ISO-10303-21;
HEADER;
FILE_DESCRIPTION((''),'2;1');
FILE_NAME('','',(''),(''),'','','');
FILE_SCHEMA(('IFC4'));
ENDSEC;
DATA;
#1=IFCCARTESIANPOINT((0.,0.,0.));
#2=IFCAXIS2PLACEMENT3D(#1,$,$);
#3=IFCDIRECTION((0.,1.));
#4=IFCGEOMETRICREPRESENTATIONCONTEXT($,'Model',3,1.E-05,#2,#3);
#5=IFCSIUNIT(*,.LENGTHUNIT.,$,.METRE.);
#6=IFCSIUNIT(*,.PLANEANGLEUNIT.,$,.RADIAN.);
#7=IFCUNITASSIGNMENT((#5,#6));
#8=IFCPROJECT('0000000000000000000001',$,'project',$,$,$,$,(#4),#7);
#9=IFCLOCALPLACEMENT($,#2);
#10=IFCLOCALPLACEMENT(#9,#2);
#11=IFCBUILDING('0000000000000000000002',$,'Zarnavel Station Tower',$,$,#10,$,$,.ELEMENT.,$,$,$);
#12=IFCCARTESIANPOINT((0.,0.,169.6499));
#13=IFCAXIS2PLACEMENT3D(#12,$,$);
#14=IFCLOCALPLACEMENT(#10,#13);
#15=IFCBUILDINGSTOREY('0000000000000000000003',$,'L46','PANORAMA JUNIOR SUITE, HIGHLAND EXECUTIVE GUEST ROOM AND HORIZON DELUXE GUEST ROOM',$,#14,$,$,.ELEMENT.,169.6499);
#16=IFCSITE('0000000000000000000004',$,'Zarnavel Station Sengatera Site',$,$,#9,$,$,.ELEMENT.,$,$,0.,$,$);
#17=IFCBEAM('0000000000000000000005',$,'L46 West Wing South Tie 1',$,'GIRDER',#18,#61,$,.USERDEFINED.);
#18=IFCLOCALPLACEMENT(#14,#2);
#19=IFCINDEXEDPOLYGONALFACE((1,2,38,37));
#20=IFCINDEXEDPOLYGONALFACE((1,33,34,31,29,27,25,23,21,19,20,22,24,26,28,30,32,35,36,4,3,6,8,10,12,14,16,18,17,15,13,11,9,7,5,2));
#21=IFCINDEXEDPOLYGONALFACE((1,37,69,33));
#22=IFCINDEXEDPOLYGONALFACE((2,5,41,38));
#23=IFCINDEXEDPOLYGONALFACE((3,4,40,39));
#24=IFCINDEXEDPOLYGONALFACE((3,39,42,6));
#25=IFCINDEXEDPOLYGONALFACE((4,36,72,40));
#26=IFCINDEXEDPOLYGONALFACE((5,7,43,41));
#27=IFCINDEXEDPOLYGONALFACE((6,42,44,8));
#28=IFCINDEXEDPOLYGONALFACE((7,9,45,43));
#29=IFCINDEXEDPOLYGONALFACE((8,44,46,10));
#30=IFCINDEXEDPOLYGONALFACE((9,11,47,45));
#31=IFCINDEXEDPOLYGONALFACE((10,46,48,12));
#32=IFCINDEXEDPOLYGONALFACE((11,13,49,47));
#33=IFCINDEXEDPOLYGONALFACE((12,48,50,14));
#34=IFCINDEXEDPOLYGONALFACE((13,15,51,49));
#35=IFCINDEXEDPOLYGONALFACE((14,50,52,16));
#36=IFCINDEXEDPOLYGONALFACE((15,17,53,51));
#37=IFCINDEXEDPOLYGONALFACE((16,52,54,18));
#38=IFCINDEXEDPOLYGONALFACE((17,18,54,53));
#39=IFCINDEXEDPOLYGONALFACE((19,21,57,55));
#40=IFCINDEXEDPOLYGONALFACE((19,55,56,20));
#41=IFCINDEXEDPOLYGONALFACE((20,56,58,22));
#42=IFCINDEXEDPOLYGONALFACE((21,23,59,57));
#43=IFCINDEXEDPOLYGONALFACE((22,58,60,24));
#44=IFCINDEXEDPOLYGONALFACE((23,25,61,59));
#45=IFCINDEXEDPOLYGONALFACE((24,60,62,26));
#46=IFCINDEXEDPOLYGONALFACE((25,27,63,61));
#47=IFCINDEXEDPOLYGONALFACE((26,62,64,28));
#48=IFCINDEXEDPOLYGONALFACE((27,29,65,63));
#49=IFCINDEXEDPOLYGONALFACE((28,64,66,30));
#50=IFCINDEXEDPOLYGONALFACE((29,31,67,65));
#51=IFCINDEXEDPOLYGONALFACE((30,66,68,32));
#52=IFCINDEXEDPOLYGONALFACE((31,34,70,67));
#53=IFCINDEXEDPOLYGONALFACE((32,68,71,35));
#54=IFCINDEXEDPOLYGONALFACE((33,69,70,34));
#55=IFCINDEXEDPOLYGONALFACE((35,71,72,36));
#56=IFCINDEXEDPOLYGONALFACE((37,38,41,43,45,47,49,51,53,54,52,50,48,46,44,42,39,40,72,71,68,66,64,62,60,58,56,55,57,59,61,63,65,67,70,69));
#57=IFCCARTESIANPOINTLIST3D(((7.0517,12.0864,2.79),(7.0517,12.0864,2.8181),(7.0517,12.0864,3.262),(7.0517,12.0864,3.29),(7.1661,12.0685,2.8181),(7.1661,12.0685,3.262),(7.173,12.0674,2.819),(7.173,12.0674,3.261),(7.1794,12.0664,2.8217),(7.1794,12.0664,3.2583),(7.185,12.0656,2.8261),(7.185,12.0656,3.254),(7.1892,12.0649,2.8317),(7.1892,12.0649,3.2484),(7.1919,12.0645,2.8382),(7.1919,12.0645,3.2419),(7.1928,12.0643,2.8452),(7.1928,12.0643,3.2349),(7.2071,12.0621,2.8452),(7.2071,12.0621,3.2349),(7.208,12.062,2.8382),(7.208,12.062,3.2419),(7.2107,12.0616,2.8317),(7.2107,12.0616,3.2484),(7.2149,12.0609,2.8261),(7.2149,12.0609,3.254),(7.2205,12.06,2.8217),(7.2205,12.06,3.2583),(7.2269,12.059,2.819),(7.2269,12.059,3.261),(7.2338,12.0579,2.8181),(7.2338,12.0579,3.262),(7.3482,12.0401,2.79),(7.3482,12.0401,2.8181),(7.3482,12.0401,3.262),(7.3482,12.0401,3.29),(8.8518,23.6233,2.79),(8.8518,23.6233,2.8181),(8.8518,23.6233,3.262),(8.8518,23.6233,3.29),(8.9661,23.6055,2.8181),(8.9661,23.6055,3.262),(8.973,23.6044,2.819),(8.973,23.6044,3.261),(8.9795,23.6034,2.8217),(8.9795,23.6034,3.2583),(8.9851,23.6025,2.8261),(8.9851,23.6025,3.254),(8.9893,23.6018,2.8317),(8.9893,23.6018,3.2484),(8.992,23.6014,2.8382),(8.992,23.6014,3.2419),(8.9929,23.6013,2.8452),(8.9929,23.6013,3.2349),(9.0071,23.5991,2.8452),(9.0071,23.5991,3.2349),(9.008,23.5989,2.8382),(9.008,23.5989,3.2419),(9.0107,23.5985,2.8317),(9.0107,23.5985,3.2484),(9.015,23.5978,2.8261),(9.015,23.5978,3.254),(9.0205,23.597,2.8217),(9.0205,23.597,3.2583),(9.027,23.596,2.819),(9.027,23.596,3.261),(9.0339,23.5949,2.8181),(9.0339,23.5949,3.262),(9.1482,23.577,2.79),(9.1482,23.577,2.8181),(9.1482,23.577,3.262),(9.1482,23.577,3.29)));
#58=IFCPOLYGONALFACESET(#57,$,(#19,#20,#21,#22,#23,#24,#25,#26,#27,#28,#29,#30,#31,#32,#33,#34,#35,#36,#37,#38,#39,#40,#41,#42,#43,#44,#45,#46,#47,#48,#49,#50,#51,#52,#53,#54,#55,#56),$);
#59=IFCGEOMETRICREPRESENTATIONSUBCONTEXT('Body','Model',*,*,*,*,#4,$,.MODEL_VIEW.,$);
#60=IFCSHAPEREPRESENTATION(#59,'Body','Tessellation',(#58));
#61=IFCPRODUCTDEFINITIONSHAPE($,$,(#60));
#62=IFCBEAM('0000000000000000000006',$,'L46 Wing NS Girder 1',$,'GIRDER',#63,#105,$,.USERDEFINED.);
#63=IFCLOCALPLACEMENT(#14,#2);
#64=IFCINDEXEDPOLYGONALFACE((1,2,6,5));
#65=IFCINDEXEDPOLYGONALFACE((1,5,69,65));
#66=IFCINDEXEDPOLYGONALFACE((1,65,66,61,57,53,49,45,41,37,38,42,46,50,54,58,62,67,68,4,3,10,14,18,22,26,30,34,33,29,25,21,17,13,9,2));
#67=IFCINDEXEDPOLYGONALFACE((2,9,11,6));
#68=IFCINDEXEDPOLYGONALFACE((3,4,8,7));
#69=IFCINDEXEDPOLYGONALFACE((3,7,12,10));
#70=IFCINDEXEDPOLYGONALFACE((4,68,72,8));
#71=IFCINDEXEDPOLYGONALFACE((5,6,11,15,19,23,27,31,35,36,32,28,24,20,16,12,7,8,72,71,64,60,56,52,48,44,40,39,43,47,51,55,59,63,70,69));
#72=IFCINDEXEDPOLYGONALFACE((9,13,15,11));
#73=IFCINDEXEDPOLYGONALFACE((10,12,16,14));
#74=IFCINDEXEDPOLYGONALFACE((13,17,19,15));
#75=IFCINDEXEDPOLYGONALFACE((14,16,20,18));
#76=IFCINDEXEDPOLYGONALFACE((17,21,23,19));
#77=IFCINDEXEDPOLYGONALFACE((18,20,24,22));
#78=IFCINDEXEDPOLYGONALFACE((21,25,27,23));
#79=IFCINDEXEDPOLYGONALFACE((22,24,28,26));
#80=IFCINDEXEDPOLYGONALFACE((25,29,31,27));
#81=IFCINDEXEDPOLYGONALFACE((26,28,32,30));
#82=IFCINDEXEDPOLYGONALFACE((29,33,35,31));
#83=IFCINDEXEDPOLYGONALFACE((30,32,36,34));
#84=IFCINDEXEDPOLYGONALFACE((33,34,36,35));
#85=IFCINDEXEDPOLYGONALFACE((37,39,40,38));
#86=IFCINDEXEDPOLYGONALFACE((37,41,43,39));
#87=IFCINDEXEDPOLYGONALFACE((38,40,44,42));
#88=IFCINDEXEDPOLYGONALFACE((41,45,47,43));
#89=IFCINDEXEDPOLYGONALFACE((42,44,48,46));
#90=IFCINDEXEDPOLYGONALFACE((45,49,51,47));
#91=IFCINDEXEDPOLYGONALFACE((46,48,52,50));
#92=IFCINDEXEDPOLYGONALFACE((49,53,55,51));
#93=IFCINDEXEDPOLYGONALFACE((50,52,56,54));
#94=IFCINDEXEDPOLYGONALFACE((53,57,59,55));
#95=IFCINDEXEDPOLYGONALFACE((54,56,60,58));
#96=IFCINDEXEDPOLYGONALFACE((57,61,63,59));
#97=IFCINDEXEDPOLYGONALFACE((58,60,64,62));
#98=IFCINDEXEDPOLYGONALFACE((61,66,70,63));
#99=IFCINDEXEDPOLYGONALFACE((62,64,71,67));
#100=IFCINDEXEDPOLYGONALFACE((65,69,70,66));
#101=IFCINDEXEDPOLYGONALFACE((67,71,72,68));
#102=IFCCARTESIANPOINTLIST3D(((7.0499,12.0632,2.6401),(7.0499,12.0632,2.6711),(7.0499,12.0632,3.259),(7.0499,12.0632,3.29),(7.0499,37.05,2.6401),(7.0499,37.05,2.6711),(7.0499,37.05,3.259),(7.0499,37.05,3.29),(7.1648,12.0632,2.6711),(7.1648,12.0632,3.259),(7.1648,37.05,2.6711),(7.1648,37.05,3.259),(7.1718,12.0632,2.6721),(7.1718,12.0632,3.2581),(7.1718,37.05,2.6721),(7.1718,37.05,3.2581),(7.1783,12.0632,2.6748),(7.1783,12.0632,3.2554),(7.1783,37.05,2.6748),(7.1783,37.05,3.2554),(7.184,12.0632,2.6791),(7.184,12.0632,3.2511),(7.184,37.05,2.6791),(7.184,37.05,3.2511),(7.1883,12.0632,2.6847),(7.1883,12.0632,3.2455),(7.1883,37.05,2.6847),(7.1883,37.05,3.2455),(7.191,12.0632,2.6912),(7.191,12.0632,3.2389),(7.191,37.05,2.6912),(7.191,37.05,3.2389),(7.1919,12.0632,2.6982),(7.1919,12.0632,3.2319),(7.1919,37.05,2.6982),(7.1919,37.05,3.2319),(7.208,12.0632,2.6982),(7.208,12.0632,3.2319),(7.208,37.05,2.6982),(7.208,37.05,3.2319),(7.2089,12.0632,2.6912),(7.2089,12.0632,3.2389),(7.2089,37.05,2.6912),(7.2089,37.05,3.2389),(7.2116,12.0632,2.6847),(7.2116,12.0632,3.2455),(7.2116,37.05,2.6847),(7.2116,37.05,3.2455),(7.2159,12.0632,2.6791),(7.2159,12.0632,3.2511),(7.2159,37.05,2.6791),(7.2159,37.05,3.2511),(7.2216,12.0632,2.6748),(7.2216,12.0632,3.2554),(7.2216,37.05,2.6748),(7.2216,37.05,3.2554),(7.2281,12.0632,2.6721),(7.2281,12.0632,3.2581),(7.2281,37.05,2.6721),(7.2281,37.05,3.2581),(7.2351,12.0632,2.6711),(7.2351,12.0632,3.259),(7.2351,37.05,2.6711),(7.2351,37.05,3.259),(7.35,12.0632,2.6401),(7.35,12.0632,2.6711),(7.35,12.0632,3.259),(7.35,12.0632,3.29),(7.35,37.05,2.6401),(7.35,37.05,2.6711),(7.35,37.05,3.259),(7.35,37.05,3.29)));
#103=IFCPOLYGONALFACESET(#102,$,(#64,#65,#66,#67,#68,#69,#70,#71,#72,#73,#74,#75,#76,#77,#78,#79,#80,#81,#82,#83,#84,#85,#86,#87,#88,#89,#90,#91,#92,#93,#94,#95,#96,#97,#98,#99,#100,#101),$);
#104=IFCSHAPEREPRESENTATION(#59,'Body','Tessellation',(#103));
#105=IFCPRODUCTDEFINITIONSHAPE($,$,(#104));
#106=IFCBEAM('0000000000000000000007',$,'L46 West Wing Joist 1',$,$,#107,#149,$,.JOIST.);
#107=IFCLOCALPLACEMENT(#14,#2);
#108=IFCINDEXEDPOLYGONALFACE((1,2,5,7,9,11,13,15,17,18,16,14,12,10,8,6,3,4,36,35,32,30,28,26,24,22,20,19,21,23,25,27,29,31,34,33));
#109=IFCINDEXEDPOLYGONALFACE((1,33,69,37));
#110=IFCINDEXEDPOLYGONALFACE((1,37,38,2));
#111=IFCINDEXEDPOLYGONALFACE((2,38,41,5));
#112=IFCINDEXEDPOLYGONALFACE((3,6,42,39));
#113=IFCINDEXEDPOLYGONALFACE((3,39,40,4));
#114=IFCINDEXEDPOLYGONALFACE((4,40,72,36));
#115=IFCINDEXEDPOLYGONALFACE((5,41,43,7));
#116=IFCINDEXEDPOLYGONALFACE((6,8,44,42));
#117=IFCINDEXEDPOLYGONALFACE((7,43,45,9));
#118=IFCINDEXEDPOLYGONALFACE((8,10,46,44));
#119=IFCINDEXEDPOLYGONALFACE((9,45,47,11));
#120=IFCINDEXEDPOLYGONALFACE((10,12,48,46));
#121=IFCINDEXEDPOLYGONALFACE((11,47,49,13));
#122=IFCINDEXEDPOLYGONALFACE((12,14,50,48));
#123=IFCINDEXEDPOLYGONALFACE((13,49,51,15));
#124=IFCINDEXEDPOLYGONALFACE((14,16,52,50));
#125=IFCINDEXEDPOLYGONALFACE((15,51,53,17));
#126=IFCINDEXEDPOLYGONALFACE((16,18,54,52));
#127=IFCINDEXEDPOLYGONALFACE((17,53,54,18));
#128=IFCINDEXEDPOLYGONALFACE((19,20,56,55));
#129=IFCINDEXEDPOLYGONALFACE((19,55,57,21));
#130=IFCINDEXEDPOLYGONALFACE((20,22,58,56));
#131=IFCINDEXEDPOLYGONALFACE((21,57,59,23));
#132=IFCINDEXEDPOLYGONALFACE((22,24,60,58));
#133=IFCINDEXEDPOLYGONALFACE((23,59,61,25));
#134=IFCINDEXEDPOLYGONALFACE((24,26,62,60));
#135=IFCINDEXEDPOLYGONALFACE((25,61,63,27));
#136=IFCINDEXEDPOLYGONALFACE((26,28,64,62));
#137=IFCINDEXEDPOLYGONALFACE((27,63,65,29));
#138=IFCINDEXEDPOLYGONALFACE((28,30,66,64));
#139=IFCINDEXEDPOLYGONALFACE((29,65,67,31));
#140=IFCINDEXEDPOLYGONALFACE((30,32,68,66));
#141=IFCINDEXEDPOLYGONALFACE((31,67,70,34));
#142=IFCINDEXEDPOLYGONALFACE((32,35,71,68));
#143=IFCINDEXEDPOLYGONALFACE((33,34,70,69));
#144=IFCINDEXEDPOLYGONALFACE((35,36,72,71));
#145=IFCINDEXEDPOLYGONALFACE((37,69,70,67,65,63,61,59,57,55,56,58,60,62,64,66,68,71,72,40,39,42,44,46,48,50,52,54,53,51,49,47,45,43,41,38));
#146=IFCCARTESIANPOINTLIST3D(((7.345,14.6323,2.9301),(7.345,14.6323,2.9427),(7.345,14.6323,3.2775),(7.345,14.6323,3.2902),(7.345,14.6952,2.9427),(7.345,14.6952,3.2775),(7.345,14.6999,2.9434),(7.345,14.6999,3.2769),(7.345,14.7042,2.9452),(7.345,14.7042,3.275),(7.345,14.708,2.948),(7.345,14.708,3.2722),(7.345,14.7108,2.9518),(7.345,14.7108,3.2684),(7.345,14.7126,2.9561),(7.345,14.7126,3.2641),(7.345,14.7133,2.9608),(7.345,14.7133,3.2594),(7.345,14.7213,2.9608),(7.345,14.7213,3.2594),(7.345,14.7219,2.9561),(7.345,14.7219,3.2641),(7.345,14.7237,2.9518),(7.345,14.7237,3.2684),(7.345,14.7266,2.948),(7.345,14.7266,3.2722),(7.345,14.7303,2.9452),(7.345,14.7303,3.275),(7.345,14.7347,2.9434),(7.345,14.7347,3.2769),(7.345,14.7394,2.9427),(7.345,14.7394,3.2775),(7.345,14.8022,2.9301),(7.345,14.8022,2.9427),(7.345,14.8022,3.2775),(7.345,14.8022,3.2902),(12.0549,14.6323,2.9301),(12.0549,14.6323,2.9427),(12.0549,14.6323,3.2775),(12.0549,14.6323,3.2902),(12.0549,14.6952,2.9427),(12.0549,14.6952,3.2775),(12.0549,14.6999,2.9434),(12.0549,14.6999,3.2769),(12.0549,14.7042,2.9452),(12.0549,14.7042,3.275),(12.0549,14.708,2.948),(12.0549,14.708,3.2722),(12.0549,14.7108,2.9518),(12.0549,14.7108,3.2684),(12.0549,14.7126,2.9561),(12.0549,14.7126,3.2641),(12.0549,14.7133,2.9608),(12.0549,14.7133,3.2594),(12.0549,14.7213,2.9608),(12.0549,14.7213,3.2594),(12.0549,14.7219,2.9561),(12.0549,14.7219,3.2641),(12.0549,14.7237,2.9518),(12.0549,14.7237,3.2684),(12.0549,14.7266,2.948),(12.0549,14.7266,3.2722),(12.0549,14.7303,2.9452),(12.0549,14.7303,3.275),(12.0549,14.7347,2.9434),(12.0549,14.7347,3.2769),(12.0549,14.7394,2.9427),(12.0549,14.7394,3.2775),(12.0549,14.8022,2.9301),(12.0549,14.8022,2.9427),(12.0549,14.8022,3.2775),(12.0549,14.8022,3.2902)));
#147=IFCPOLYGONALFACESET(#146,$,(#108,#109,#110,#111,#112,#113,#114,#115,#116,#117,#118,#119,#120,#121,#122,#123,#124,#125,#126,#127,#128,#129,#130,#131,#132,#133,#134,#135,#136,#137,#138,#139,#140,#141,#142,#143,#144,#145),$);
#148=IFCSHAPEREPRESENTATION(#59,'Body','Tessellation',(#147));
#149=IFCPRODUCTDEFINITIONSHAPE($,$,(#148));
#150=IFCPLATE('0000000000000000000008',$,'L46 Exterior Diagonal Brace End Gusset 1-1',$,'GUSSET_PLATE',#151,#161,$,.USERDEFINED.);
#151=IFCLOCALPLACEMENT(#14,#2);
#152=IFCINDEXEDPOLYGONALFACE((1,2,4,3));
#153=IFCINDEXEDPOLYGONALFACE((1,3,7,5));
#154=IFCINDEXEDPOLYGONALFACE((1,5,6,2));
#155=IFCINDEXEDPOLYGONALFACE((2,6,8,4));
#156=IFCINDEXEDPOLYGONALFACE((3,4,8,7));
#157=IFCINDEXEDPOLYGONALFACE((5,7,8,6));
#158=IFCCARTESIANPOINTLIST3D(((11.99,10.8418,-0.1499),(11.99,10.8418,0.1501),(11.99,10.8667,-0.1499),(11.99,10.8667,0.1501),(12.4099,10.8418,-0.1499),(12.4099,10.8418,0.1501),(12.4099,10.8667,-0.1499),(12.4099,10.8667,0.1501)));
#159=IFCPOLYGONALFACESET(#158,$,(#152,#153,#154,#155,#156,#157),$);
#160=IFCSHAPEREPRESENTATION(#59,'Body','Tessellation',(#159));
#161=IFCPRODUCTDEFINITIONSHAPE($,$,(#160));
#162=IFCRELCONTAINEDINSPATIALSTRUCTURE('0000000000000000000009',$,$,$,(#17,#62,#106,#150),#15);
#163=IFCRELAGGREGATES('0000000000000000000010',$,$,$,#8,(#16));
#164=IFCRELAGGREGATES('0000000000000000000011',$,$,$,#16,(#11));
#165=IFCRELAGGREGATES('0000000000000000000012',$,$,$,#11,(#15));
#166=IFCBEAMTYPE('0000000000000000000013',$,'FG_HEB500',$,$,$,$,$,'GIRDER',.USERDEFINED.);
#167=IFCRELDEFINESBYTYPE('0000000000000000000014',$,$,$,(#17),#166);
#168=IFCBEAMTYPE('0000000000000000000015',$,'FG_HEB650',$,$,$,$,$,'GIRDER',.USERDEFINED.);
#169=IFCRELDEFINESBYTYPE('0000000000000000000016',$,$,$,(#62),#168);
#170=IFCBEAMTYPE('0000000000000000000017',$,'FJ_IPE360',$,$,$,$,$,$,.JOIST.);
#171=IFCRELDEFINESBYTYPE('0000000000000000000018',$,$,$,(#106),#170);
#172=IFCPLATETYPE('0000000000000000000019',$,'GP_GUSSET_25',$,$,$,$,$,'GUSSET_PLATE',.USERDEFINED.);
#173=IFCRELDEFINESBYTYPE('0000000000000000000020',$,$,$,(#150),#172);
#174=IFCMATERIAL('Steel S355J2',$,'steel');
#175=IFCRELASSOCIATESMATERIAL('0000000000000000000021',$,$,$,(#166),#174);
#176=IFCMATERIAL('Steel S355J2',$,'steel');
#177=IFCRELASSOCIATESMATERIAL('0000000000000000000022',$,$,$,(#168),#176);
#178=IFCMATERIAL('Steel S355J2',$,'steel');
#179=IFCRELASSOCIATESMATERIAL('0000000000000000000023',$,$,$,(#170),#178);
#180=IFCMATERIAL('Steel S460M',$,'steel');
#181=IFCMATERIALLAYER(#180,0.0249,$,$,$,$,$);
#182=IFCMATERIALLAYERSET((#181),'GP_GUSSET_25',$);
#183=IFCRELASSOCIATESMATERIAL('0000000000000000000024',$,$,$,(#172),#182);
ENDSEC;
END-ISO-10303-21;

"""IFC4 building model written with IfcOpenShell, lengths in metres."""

from ifc_helpers import new_model, si_unit, direction, frame, origin, origin_2d, place, context, subcontext, project, spatial, rectangle, i_section, extrude, material, layer, layer_set, material_profile, profile_set, type_object, element, save


model = new_model("IFC4")

# Units and contexts
model_context = context("Model", 3, precision=1e-05, world=origin(), true_north=direction((0.0, 1.0)))
body_context = subcontext(model_context, "Body", "Model", "MODEL_VIEW")
ifc_project = project(units=[si_unit("LENGTHUNIT", "METRE"), si_unit("PLANEANGLEUNIT", "RADIAN")], contexts=[model_context])

# Site, building, storey
site_placement = place(None, origin())
site = spatial("IfcSite", under=ifc_project, at=site_placement, Name="Zarnavel Station Sengatera Site", CompositionType="ELEMENT", RefElevation=0.0)
building_placement = place(site_placement, origin())
building = spatial("IfcBuilding", under=site, at=building_placement, Name="Zarnavel Station Tower", CompositionType="ELEMENT")
storey_placement = place(building_placement, frame((0.0, 0.0, 169.6499)))
storey = spatial("IfcBuildingStorey", under=building, at=storey_placement, Name="L46", Description="PANORAMA JUNIOR SUITE, HIGHLAND EXECUTIVE GUEST ROOM AND HORIZON DELUXE GUEST ROOM", CompositionType="ELEMENT", Elevation=169.6499)

# Beams
ifc_material_1 = material(Name="Steel S355J2", Category="steel")
ifc_material_profile_1 = material_profile(ifc_material_1, i_section(OverallWidth=0.3, OverallDepth=0.5, WebThickness=0.0144, FlangeThickness=0.0281, FilletRadius=0.0271, at=origin_2d()), Name="HEB500")
ifc_profile_set_1 = profile_set([ifc_material_profile_1], Name="Steel S355J2")
beam_type_1 = type_object("IfcBeamType", Name="FG_HEB500", ElementType="GIRDER", PredefinedType="USERDEFINED", material=ifc_profile_set_1)
beam_1_placement = place(storey_placement, frame((7.2, 12.0632, 3.04), z_axis=(0.154161, 0.988046, 0.0), x_axis=(-0.988046, 0.154161, 0.0)))
element("IfcBeam", 1, at=beam_1_placement, inside=storey, type_object=beam_type_1, Name="L46 West Wing South Tie 1", ObjectType="GIRDER", PredefinedType="USERDEFINED", context=body_context, shape_type="SweptSolid", body=[
    extrude(i_section(OverallWidth=0.3, OverallDepth=0.5, WebThickness=0.0144, FlangeThickness=0.0281, FilletRadius=0.0271, at=origin_2d()), origin(), (0.0, 0.0, 1.0), 11.6765),
])
ifc_material_2 = material(Name="Steel S355J2", Category="steel")
ifc_material_profile_2 = material_profile(ifc_material_2, i_section(OverallWidth=0.3, OverallDepth=0.6499, WebThickness=0.0161, FlangeThickness=0.031, FilletRadius=0.0271, at=origin_2d()), Name="HEB650")
ifc_profile_set_2 = profile_set([ifc_material_profile_2], Name="Steel S355J2")
beam_type_2 = type_object("IfcBeamType", Name="FG_HEB650", ElementType="GIRDER", PredefinedType="USERDEFINED", material=ifc_profile_set_2)
beam_2_placement = place(storey_placement, frame((7.2, 12.0632, 2.9651), z_axis=(0.0, 1.0, 0.0), x_axis=(-1.0, 0.0, 0.0)))
element("IfcBeam", 2, at=beam_2_placement, inside=storey, type_object=beam_type_2, Name="L46 Wing NS Girder 1", ObjectType="GIRDER", PredefinedType="USERDEFINED", context=body_context, shape_type="SweptSolid", body=[
    extrude(i_section(OverallWidth=0.3, OverallDepth=0.6499, WebThickness=0.0161, FlangeThickness=0.031, FilletRadius=0.0271, at=origin_2d()), origin(), (0.0, 0.0, 1.0), 24.9868),
])
ifc_material_3 = material(Name="Steel S355J2", Category="steel")
ifc_material_profile_3 = material_profile(ifc_material_3, i_section(OverallWidth=0.1699, OverallDepth=0.3601, WebThickness=0.0081, FlangeThickness=0.0127, FilletRadius=0.0181, at=origin_2d()), Name="IPE360")
ifc_profile_set_3 = profile_set([ifc_material_profile_3], Name="Steel S355J2")
beam_type_3 = type_object("IfcBeamType", Name="FJ_IPE360", PredefinedType="JOIST", material=ifc_profile_set_3)
beam_3_placement = place(storey_placement, frame((7.345, 14.7173, 3.1101), z_axis=(1.0, 0.0, 0.0), x_axis=(0.0, 1.0, 0.0)))
element("IfcBeam", 3, at=beam_3_placement, inside=storey, type_object=beam_type_3, Name="L46 West Wing Joist 1", PredefinedType="JOIST", context=body_context, shape_type="SweptSolid", body=[
    extrude(i_section(OverallWidth=0.1699, OverallDepth=0.3601, WebThickness=0.0081, FlangeThickness=0.0127, FilletRadius=0.0181, at=origin_2d()), origin(), (0.0, 0.0, 1.0), 4.71),
])

# Plate
ifc_material_4 = material(Name="Steel S460M", Category="steel")
ifc_layer_1 = layer(ifc_material_4, 0.0249)
ifc_layer_set_1 = layer_set([ifc_layer_1], Name="GP_GUSSET_25")
plate_type = type_object("IfcPlateType", Name="GP_GUSSET_25", ElementType="GUSSET_PLATE", PredefinedType="USERDEFINED", material=ifc_layer_set_1)
plate_placement = place(storey_placement, frame((12.2, 10.8542, -0.1499), z_axis=(0.0, 0.0, 1.0), x_axis=(1.0, 0.0, 0.0)))
element("IfcPlate", 4, at=plate_placement, inside=storey, type_object=plate_type, Name="L46 Exterior Diagonal Brace End Gusset 1-1", ObjectType="GUSSET_PLATE", PredefinedType="USERDEFINED", context=body_context, shape_type="SweptSolid", body=[
    extrude(rectangle(XDim=0.4199, YDim=0.0249, at=origin_2d()), origin(), (0.0, 0.0, 1.0), 0.3),
])

save(model, "model.ifc")
